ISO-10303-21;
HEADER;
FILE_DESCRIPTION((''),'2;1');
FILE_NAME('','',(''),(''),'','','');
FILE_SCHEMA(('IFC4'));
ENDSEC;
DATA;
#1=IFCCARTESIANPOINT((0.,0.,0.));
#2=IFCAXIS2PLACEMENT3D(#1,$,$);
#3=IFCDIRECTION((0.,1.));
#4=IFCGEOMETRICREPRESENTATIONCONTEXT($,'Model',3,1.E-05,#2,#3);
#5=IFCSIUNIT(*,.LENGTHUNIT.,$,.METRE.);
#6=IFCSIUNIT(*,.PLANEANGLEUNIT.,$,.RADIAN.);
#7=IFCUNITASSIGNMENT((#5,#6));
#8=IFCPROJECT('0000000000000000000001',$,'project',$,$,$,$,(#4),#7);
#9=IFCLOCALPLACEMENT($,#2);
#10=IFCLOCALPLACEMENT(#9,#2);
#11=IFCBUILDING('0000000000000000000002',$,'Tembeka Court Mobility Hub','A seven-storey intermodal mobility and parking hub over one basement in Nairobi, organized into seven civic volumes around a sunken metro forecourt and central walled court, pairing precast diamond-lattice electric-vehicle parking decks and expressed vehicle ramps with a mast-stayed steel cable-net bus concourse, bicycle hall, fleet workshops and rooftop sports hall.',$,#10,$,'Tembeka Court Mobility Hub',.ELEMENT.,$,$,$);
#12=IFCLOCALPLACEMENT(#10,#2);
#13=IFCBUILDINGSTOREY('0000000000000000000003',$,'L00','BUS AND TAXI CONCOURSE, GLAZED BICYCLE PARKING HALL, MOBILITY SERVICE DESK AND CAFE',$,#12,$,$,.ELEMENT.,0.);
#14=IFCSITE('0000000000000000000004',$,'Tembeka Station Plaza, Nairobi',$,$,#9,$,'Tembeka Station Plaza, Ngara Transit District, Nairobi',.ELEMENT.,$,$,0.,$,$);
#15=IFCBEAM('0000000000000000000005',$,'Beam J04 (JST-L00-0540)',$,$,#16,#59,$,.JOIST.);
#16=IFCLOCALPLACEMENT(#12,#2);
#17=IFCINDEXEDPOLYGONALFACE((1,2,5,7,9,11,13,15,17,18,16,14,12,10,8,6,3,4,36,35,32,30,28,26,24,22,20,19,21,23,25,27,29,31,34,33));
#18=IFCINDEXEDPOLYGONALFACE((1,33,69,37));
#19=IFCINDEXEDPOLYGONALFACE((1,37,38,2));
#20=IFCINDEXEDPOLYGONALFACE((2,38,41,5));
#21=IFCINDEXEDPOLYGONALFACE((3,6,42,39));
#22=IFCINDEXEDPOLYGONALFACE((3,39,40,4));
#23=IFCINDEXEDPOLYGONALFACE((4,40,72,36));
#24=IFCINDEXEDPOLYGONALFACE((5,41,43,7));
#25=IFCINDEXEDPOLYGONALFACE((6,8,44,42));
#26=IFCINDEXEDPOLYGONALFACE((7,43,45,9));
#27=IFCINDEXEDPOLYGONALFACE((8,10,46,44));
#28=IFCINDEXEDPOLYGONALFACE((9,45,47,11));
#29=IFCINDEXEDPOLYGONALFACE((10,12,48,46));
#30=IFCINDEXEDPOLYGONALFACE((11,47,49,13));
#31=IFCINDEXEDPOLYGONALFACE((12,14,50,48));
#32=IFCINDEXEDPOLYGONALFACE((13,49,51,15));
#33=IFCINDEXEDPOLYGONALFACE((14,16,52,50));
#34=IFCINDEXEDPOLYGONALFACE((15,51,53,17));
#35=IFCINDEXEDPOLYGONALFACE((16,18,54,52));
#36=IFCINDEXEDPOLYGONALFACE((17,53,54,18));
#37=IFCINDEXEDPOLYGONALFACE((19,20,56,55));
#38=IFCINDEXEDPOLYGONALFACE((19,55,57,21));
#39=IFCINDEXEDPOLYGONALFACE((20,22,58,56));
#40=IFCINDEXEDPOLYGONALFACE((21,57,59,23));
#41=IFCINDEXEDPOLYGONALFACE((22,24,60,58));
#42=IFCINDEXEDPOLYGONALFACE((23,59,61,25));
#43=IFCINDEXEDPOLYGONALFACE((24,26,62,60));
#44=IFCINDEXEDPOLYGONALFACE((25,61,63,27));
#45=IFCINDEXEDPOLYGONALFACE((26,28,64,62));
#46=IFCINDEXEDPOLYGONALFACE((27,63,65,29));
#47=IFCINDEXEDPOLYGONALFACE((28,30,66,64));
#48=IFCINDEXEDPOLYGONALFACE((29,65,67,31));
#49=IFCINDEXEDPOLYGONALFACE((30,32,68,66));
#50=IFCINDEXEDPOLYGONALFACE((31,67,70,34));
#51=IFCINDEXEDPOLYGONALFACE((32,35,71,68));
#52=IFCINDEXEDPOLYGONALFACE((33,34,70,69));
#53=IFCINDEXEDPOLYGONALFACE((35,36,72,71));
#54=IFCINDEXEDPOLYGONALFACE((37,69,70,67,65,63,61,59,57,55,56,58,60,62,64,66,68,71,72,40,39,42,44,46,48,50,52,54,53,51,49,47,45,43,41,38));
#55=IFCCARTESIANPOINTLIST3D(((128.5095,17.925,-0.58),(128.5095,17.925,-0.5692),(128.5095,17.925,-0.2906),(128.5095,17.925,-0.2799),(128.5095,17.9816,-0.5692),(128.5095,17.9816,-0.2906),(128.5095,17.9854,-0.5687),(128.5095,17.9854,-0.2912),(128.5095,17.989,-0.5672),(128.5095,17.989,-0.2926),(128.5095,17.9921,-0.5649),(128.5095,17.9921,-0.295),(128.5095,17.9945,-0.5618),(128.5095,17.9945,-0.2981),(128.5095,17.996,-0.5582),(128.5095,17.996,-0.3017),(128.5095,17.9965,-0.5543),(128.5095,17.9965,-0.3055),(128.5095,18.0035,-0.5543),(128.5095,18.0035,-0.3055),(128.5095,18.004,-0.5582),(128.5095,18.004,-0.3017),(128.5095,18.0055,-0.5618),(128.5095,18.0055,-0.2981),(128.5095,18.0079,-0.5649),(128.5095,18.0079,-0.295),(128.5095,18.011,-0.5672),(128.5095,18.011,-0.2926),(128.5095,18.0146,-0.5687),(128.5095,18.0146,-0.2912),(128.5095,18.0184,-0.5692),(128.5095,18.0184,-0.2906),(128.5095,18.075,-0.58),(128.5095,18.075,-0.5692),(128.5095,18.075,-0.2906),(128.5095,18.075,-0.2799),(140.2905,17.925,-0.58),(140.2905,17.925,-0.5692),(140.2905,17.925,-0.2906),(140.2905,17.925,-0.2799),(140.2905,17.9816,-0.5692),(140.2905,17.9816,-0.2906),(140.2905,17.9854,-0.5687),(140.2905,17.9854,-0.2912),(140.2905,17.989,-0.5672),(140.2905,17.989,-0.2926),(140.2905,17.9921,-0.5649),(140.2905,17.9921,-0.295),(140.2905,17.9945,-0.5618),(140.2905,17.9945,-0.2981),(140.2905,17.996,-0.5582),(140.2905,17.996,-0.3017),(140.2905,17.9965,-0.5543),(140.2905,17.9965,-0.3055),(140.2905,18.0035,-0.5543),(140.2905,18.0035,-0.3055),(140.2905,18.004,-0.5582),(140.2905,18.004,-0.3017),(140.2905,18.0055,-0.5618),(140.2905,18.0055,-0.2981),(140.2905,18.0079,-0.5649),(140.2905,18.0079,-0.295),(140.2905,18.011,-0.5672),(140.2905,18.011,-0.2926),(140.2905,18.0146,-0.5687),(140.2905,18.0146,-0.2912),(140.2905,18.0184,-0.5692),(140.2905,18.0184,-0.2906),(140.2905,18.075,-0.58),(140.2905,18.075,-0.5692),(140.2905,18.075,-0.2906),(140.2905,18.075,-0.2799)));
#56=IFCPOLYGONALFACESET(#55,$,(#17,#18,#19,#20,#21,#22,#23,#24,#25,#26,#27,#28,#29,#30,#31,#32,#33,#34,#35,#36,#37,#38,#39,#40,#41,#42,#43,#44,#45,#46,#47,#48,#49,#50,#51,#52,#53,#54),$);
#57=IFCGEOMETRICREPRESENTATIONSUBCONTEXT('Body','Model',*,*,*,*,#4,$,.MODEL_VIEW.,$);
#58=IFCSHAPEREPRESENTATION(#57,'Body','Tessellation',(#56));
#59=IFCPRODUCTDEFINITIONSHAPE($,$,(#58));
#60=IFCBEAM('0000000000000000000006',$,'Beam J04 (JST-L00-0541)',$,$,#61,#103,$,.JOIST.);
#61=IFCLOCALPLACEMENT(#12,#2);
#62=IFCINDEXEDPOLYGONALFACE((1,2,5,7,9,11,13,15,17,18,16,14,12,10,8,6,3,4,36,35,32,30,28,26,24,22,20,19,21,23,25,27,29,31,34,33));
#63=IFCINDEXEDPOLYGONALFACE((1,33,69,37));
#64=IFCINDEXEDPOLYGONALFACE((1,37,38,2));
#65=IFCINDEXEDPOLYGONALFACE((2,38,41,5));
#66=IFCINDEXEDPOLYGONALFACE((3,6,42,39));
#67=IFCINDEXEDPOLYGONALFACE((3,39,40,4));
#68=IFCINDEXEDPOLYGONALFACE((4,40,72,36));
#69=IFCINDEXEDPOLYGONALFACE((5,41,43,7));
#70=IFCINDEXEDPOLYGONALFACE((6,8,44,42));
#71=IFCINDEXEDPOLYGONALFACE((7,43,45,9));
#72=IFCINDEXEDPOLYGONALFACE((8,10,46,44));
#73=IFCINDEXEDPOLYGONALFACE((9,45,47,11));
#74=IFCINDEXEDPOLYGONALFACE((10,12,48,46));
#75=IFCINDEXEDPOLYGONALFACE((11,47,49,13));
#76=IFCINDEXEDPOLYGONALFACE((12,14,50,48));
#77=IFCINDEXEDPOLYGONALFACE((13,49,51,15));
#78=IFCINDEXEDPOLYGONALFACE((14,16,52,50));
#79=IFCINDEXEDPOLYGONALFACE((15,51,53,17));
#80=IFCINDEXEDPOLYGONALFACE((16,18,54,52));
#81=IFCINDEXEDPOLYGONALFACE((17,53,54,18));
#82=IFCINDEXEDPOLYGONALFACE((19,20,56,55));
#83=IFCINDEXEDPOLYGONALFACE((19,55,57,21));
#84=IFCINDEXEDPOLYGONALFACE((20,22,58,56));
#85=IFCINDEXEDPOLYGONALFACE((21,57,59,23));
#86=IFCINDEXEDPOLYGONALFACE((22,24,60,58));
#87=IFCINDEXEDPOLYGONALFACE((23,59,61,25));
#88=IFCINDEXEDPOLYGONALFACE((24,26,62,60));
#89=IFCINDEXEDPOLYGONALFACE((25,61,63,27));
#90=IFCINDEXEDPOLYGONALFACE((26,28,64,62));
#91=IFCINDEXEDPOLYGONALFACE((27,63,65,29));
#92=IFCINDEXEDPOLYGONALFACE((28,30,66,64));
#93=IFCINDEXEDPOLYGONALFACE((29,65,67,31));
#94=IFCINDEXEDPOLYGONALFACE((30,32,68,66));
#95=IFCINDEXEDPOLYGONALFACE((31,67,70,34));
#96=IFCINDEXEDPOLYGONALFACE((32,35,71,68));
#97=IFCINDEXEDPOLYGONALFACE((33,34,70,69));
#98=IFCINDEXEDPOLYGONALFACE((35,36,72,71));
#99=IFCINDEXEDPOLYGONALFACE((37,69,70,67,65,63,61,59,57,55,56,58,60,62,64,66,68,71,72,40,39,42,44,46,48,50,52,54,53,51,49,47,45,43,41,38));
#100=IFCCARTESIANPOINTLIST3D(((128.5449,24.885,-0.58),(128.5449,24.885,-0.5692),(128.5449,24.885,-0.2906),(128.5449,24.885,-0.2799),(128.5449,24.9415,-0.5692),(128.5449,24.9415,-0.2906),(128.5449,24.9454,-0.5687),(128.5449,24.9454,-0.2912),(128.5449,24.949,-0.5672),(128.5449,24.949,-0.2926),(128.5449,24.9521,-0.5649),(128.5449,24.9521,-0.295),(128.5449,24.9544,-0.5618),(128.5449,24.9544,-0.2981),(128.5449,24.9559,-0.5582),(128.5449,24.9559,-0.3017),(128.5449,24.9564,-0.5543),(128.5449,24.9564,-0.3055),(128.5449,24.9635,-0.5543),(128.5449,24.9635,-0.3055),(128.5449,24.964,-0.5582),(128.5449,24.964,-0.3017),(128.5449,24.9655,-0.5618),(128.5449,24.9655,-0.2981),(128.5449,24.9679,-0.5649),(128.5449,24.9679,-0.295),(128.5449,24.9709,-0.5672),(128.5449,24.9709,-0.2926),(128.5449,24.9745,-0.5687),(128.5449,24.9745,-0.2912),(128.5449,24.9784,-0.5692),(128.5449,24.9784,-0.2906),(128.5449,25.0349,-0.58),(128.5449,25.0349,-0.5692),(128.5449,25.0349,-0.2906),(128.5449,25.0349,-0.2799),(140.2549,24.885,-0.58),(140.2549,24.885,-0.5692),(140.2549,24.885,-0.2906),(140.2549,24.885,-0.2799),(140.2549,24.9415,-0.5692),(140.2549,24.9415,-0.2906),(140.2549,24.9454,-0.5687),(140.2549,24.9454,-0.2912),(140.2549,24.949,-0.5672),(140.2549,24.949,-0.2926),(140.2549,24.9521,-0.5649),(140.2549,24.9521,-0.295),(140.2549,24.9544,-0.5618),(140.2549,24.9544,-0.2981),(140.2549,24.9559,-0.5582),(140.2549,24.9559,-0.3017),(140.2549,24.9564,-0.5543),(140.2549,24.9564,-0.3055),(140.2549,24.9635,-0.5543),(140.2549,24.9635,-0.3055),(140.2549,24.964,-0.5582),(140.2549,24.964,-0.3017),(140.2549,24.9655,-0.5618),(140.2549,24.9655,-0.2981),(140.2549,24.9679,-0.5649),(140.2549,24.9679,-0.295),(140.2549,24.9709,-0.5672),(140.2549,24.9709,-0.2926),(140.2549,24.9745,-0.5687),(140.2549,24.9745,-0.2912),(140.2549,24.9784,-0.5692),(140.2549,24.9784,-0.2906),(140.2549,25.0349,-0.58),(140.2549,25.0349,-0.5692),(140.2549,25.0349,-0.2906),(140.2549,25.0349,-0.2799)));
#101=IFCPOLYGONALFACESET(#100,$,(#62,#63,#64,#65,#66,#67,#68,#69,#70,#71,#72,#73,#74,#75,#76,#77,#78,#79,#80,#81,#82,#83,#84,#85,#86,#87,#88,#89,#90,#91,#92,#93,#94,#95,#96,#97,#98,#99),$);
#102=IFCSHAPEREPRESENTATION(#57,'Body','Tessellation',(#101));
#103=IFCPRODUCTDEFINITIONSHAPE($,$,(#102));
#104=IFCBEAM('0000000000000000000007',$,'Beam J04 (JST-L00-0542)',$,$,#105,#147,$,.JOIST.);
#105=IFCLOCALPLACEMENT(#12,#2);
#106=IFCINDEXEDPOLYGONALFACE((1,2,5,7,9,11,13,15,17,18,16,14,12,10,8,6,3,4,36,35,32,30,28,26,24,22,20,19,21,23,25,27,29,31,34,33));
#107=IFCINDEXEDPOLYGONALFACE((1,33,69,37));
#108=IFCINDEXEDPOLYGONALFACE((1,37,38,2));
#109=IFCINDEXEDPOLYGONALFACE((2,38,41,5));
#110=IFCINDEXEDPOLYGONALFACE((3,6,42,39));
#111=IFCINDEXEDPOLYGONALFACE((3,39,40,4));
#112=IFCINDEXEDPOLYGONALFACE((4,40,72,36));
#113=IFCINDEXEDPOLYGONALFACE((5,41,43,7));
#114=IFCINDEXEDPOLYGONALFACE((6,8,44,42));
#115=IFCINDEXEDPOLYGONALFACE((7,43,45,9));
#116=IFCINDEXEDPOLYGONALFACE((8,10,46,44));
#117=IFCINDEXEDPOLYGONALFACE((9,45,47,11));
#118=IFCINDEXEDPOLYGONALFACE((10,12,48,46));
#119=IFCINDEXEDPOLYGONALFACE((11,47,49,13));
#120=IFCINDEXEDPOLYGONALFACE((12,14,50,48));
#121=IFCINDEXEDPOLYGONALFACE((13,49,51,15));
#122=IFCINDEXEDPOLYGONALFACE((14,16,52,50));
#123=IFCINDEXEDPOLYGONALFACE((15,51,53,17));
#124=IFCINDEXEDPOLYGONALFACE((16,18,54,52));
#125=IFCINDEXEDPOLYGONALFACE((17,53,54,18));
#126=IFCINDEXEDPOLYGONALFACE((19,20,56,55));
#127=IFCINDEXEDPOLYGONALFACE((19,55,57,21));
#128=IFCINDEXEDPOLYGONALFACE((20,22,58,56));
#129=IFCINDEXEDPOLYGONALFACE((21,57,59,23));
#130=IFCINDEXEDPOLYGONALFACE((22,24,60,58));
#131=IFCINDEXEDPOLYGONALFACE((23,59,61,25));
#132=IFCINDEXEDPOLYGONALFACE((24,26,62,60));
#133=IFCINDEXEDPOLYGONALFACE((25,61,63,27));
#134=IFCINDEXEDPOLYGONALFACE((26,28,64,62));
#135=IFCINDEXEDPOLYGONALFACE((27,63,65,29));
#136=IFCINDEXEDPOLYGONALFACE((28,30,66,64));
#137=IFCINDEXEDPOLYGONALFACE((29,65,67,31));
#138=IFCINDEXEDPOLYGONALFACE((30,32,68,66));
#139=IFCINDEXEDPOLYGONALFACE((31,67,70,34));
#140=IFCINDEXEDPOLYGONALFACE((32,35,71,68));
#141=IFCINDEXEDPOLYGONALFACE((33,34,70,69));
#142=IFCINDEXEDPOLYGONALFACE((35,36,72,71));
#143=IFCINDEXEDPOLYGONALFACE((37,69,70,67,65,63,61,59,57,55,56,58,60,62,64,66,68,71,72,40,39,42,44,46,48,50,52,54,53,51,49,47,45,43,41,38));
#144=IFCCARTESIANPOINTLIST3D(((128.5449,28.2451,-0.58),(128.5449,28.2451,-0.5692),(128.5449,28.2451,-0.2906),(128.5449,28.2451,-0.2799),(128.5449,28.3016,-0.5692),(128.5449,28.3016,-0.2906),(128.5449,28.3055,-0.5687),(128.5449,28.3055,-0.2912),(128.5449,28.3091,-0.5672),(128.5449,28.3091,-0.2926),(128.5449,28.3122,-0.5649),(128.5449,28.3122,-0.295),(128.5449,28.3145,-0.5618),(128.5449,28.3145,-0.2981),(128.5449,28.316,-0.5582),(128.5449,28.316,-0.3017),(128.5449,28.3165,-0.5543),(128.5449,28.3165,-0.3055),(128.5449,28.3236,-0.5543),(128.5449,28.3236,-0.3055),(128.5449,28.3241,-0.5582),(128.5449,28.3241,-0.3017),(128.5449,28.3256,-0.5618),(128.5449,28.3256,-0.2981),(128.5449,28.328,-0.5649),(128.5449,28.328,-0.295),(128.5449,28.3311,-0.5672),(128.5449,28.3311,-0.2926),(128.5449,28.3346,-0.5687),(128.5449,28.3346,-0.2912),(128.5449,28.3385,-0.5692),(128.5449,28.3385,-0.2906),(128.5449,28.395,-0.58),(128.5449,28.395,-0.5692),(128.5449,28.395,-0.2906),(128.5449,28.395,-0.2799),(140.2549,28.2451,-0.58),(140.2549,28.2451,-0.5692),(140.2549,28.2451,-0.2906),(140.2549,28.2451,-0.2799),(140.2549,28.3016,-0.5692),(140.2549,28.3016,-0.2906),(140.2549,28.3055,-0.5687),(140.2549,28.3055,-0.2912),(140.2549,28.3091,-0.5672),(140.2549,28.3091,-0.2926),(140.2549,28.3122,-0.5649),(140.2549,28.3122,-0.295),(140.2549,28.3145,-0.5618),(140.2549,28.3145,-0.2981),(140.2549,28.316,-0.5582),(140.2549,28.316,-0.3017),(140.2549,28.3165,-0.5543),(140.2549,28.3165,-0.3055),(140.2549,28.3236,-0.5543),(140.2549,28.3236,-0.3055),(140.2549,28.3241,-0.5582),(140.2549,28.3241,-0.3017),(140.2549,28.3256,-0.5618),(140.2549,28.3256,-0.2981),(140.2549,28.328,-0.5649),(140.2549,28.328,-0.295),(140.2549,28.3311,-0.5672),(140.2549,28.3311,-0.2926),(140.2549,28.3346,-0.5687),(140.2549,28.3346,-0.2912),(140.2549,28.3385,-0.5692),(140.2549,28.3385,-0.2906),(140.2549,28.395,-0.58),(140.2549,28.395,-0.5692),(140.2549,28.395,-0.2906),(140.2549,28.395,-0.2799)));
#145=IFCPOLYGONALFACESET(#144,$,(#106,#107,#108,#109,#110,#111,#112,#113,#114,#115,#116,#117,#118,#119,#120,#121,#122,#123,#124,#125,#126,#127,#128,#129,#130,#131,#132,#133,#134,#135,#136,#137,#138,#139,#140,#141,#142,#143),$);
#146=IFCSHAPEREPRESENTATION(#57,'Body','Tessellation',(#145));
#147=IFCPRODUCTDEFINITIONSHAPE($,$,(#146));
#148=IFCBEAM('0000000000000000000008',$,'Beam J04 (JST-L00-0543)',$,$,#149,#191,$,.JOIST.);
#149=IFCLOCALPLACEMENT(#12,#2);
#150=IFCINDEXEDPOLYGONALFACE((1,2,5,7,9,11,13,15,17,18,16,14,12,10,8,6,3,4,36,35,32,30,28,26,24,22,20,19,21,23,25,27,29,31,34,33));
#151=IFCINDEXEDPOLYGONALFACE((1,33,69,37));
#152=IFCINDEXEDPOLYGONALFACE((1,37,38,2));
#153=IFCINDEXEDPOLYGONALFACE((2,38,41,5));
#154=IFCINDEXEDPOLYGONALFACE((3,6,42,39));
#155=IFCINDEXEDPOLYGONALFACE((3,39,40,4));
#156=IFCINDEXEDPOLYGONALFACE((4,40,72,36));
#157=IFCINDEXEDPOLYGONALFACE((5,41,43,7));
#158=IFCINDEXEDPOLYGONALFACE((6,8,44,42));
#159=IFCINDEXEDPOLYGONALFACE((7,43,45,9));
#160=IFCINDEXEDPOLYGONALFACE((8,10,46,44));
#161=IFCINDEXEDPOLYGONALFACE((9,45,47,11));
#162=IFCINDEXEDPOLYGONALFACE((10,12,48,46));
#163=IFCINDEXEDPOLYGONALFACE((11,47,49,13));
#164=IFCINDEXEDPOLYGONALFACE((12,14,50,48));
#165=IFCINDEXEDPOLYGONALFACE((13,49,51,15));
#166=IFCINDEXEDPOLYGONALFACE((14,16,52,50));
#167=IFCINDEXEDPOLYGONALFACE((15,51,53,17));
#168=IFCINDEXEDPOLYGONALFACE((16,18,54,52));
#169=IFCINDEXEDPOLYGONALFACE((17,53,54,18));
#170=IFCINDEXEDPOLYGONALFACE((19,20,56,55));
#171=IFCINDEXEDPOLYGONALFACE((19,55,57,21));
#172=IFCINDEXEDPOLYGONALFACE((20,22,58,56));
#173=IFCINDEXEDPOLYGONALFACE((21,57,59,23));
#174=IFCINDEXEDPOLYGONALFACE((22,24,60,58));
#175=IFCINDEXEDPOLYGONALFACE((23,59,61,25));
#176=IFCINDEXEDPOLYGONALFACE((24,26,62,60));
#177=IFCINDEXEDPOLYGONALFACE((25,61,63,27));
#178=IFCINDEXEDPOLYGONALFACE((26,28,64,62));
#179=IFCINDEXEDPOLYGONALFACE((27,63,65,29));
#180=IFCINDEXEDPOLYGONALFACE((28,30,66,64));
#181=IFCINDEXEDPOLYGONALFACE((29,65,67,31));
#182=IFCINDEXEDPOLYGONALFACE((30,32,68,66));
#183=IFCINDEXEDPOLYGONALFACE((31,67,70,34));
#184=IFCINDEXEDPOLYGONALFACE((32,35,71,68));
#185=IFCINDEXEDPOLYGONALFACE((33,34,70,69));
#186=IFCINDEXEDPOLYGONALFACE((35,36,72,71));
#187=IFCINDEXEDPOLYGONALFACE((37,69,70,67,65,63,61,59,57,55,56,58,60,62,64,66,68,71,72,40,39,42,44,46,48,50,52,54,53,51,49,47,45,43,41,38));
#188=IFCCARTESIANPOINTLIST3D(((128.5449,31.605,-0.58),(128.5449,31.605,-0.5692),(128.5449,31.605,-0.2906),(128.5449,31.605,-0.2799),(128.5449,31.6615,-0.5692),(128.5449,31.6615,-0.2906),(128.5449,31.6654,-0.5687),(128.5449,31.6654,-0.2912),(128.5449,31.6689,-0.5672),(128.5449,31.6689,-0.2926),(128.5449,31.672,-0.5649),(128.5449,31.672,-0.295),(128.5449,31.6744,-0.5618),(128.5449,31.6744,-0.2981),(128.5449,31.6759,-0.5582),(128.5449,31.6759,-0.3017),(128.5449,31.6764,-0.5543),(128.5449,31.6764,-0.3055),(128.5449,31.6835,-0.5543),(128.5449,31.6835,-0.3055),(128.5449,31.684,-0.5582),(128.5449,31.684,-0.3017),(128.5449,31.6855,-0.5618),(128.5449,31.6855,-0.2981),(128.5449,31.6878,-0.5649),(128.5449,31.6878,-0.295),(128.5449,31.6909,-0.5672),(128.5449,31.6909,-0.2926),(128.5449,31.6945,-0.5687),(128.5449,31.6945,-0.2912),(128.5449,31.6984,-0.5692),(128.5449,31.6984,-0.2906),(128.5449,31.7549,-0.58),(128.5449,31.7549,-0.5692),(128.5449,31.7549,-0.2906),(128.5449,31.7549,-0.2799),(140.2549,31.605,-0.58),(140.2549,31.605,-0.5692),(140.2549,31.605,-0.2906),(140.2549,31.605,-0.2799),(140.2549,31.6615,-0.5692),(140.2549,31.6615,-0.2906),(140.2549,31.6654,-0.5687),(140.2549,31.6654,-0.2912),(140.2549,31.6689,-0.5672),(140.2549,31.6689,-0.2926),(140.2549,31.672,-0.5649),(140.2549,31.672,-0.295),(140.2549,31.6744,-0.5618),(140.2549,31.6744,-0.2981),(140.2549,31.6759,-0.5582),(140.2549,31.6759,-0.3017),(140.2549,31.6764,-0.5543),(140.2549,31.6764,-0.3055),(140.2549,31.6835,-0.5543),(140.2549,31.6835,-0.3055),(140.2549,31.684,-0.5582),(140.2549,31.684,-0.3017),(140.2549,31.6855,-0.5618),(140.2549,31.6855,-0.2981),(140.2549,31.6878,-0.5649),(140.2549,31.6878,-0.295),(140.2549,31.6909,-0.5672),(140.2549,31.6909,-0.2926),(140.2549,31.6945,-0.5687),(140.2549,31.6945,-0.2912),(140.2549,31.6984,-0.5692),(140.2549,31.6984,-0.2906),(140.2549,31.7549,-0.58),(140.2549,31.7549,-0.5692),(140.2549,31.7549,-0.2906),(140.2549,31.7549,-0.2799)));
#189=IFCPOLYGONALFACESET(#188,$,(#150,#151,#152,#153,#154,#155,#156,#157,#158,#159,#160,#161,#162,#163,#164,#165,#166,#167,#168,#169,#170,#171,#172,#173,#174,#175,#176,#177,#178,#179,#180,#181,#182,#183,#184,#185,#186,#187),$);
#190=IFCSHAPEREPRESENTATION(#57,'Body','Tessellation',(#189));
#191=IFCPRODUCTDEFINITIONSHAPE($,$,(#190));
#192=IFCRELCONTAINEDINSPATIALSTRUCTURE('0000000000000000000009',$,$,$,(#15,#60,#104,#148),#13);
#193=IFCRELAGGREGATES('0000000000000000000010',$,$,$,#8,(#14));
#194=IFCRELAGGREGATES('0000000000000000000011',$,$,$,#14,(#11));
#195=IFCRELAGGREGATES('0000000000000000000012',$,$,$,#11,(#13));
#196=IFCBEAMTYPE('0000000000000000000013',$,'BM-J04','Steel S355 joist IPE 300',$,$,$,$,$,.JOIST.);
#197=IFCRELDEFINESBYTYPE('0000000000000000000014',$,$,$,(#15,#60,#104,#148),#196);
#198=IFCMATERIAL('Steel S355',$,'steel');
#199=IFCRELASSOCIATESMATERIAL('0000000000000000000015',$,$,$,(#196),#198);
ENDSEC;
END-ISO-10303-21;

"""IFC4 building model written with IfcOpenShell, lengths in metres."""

from ifc_helpers import new_model, si_unit, direction, frame, origin, origin_2d, place, context, subcontext, project, spatial, i_section, extrude, material, material_profile, profile_set, type_object, element, save


model = new_model("IFC4")

# Units and contexts
model_context = context("Model", 3, precision=1e-05, world=origin(), true_north=direction((0.0, 1.0)))
body_context = subcontext(model_context, "Body", "Model", "MODEL_VIEW")
ifc_project = project(units=[si_unit("LENGTHUNIT", "METRE"), si_unit("PLANEANGLEUNIT", "RADIAN")], contexts=[model_context])

# Site, building, storey
site_placement = place(None, origin())
site = spatial("IfcSite", under=ifc_project, at=site_placement, Name="Tembeka Station Plaza, Nairobi", LongName="Tembeka Station Plaza, Ngara Transit District, Nairobi", CompositionType="ELEMENT", RefElevation=0.0)
building_placement = place(site_placement, origin())
building = spatial("IfcBuilding", under=site, at=building_placement, Name="Tembeka Court Mobility Hub", Description="A seven-storey intermodal mobility and parking hub over one basement in Nairobi, organized into seven civic volumes around a sunken metro forecourt and central walled court, pairing precast diamond-lattice electric-vehicle parking decks and expressed vehicle ramps with a mast-stayed steel cable-net bus concourse, bicycle hall, fleet workshops and rooftop sports hall.", LongName="Tembeka Court Mobility Hub", CompositionType="ELEMENT")
storey_placement = place(building_placement, origin())
storey = spatial("IfcBuildingStorey", under=building, at=storey_placement, Name="L00", Description="BUS AND TAXI CONCOURSE, GLAZED BICYCLE PARKING HALL, MOBILITY SERVICE DESK AND CAFE", CompositionType="ELEMENT", Elevation=0.0)

# Shared definitions
ifc_material_1 = material(Name="Steel S355", Category="steel")

# Beams
ifc_material_profile_1 = material_profile(ifc_material_1, i_section(OverallWidth=0.1499, OverallDepth=0.3, WebThickness=0.0071, FlangeThickness=0.0107, FilletRadius=0.0149, at=origin_2d()), Name="IPE 300")
ifc_profile_set_1 = profile_set([ifc_material_profile_1], Name="Steel S355")
beam_type_1 = type_object("IfcBeamType", Name="BM-J04", Description="Steel S355 joist IPE 300", PredefinedType="JOIST", material=ifc_profile_set_1)
for number, where, z_axis, x_axis, name in (
    (1, (128.5095, 18.0, -0.4299), (1.0, 0.0, 0.0), (0.0, 1.0, 0.0), "Beam J04 (JST-L00-0540)"),
):
    element("IfcBeam", number, at=place(storey_placement, frame(where, z_axis=z_axis, x_axis=x_axis)), inside=storey, type_object=beam_type_1, Name=name, PredefinedType="JOIST", context=body_context, shape_type="SweptSolid", body=[
        extrude(i_section(OverallWidth=0.1499, OverallDepth=0.3, WebThickness=0.0071, FlangeThickness=0.0107, FilletRadius=0.0149, at=origin_2d()), origin(), (0.0, 0.0, 1.0), 11.781),
    ])
for number, where, z_axis, x_axis, name in (
    (2, (128.5449, 24.96, -0.4299), (1.0, 0.0, 0.0), (0.0, 1.0, 0.0), "Beam J04 (JST-L00-0541)"),
    (3, (128.5449, 28.3201, -0.4299), (1.0, 0.0, 0.0), (0.0, 1.0, 0.0), "Beam J04 (JST-L00-0542)"),
    (4, (128.5449, 31.6799, -0.4299), (1.0, 0.0, 0.0), (0.0, 1.0, 0.0), "Beam J04 (JST-L00-0543)"),
):
    element("IfcBeam", number, at=place(storey_placement, frame(where, z_axis=z_axis, x_axis=x_axis)), inside=storey, type_object=beam_type_1, Name=name, PredefinedType="JOIST", context=body_context, shape_type="SweptSolid", body=[
        extrude(i_section(OverallWidth=0.1499, OverallDepth=0.3, WebThickness=0.0071, FlangeThickness=0.0107, FilletRadius=0.0149, at=origin_2d()), origin(), (0.0, 0.0, 1.0), 11.71),
    ])

save(model, "model.ifc")
